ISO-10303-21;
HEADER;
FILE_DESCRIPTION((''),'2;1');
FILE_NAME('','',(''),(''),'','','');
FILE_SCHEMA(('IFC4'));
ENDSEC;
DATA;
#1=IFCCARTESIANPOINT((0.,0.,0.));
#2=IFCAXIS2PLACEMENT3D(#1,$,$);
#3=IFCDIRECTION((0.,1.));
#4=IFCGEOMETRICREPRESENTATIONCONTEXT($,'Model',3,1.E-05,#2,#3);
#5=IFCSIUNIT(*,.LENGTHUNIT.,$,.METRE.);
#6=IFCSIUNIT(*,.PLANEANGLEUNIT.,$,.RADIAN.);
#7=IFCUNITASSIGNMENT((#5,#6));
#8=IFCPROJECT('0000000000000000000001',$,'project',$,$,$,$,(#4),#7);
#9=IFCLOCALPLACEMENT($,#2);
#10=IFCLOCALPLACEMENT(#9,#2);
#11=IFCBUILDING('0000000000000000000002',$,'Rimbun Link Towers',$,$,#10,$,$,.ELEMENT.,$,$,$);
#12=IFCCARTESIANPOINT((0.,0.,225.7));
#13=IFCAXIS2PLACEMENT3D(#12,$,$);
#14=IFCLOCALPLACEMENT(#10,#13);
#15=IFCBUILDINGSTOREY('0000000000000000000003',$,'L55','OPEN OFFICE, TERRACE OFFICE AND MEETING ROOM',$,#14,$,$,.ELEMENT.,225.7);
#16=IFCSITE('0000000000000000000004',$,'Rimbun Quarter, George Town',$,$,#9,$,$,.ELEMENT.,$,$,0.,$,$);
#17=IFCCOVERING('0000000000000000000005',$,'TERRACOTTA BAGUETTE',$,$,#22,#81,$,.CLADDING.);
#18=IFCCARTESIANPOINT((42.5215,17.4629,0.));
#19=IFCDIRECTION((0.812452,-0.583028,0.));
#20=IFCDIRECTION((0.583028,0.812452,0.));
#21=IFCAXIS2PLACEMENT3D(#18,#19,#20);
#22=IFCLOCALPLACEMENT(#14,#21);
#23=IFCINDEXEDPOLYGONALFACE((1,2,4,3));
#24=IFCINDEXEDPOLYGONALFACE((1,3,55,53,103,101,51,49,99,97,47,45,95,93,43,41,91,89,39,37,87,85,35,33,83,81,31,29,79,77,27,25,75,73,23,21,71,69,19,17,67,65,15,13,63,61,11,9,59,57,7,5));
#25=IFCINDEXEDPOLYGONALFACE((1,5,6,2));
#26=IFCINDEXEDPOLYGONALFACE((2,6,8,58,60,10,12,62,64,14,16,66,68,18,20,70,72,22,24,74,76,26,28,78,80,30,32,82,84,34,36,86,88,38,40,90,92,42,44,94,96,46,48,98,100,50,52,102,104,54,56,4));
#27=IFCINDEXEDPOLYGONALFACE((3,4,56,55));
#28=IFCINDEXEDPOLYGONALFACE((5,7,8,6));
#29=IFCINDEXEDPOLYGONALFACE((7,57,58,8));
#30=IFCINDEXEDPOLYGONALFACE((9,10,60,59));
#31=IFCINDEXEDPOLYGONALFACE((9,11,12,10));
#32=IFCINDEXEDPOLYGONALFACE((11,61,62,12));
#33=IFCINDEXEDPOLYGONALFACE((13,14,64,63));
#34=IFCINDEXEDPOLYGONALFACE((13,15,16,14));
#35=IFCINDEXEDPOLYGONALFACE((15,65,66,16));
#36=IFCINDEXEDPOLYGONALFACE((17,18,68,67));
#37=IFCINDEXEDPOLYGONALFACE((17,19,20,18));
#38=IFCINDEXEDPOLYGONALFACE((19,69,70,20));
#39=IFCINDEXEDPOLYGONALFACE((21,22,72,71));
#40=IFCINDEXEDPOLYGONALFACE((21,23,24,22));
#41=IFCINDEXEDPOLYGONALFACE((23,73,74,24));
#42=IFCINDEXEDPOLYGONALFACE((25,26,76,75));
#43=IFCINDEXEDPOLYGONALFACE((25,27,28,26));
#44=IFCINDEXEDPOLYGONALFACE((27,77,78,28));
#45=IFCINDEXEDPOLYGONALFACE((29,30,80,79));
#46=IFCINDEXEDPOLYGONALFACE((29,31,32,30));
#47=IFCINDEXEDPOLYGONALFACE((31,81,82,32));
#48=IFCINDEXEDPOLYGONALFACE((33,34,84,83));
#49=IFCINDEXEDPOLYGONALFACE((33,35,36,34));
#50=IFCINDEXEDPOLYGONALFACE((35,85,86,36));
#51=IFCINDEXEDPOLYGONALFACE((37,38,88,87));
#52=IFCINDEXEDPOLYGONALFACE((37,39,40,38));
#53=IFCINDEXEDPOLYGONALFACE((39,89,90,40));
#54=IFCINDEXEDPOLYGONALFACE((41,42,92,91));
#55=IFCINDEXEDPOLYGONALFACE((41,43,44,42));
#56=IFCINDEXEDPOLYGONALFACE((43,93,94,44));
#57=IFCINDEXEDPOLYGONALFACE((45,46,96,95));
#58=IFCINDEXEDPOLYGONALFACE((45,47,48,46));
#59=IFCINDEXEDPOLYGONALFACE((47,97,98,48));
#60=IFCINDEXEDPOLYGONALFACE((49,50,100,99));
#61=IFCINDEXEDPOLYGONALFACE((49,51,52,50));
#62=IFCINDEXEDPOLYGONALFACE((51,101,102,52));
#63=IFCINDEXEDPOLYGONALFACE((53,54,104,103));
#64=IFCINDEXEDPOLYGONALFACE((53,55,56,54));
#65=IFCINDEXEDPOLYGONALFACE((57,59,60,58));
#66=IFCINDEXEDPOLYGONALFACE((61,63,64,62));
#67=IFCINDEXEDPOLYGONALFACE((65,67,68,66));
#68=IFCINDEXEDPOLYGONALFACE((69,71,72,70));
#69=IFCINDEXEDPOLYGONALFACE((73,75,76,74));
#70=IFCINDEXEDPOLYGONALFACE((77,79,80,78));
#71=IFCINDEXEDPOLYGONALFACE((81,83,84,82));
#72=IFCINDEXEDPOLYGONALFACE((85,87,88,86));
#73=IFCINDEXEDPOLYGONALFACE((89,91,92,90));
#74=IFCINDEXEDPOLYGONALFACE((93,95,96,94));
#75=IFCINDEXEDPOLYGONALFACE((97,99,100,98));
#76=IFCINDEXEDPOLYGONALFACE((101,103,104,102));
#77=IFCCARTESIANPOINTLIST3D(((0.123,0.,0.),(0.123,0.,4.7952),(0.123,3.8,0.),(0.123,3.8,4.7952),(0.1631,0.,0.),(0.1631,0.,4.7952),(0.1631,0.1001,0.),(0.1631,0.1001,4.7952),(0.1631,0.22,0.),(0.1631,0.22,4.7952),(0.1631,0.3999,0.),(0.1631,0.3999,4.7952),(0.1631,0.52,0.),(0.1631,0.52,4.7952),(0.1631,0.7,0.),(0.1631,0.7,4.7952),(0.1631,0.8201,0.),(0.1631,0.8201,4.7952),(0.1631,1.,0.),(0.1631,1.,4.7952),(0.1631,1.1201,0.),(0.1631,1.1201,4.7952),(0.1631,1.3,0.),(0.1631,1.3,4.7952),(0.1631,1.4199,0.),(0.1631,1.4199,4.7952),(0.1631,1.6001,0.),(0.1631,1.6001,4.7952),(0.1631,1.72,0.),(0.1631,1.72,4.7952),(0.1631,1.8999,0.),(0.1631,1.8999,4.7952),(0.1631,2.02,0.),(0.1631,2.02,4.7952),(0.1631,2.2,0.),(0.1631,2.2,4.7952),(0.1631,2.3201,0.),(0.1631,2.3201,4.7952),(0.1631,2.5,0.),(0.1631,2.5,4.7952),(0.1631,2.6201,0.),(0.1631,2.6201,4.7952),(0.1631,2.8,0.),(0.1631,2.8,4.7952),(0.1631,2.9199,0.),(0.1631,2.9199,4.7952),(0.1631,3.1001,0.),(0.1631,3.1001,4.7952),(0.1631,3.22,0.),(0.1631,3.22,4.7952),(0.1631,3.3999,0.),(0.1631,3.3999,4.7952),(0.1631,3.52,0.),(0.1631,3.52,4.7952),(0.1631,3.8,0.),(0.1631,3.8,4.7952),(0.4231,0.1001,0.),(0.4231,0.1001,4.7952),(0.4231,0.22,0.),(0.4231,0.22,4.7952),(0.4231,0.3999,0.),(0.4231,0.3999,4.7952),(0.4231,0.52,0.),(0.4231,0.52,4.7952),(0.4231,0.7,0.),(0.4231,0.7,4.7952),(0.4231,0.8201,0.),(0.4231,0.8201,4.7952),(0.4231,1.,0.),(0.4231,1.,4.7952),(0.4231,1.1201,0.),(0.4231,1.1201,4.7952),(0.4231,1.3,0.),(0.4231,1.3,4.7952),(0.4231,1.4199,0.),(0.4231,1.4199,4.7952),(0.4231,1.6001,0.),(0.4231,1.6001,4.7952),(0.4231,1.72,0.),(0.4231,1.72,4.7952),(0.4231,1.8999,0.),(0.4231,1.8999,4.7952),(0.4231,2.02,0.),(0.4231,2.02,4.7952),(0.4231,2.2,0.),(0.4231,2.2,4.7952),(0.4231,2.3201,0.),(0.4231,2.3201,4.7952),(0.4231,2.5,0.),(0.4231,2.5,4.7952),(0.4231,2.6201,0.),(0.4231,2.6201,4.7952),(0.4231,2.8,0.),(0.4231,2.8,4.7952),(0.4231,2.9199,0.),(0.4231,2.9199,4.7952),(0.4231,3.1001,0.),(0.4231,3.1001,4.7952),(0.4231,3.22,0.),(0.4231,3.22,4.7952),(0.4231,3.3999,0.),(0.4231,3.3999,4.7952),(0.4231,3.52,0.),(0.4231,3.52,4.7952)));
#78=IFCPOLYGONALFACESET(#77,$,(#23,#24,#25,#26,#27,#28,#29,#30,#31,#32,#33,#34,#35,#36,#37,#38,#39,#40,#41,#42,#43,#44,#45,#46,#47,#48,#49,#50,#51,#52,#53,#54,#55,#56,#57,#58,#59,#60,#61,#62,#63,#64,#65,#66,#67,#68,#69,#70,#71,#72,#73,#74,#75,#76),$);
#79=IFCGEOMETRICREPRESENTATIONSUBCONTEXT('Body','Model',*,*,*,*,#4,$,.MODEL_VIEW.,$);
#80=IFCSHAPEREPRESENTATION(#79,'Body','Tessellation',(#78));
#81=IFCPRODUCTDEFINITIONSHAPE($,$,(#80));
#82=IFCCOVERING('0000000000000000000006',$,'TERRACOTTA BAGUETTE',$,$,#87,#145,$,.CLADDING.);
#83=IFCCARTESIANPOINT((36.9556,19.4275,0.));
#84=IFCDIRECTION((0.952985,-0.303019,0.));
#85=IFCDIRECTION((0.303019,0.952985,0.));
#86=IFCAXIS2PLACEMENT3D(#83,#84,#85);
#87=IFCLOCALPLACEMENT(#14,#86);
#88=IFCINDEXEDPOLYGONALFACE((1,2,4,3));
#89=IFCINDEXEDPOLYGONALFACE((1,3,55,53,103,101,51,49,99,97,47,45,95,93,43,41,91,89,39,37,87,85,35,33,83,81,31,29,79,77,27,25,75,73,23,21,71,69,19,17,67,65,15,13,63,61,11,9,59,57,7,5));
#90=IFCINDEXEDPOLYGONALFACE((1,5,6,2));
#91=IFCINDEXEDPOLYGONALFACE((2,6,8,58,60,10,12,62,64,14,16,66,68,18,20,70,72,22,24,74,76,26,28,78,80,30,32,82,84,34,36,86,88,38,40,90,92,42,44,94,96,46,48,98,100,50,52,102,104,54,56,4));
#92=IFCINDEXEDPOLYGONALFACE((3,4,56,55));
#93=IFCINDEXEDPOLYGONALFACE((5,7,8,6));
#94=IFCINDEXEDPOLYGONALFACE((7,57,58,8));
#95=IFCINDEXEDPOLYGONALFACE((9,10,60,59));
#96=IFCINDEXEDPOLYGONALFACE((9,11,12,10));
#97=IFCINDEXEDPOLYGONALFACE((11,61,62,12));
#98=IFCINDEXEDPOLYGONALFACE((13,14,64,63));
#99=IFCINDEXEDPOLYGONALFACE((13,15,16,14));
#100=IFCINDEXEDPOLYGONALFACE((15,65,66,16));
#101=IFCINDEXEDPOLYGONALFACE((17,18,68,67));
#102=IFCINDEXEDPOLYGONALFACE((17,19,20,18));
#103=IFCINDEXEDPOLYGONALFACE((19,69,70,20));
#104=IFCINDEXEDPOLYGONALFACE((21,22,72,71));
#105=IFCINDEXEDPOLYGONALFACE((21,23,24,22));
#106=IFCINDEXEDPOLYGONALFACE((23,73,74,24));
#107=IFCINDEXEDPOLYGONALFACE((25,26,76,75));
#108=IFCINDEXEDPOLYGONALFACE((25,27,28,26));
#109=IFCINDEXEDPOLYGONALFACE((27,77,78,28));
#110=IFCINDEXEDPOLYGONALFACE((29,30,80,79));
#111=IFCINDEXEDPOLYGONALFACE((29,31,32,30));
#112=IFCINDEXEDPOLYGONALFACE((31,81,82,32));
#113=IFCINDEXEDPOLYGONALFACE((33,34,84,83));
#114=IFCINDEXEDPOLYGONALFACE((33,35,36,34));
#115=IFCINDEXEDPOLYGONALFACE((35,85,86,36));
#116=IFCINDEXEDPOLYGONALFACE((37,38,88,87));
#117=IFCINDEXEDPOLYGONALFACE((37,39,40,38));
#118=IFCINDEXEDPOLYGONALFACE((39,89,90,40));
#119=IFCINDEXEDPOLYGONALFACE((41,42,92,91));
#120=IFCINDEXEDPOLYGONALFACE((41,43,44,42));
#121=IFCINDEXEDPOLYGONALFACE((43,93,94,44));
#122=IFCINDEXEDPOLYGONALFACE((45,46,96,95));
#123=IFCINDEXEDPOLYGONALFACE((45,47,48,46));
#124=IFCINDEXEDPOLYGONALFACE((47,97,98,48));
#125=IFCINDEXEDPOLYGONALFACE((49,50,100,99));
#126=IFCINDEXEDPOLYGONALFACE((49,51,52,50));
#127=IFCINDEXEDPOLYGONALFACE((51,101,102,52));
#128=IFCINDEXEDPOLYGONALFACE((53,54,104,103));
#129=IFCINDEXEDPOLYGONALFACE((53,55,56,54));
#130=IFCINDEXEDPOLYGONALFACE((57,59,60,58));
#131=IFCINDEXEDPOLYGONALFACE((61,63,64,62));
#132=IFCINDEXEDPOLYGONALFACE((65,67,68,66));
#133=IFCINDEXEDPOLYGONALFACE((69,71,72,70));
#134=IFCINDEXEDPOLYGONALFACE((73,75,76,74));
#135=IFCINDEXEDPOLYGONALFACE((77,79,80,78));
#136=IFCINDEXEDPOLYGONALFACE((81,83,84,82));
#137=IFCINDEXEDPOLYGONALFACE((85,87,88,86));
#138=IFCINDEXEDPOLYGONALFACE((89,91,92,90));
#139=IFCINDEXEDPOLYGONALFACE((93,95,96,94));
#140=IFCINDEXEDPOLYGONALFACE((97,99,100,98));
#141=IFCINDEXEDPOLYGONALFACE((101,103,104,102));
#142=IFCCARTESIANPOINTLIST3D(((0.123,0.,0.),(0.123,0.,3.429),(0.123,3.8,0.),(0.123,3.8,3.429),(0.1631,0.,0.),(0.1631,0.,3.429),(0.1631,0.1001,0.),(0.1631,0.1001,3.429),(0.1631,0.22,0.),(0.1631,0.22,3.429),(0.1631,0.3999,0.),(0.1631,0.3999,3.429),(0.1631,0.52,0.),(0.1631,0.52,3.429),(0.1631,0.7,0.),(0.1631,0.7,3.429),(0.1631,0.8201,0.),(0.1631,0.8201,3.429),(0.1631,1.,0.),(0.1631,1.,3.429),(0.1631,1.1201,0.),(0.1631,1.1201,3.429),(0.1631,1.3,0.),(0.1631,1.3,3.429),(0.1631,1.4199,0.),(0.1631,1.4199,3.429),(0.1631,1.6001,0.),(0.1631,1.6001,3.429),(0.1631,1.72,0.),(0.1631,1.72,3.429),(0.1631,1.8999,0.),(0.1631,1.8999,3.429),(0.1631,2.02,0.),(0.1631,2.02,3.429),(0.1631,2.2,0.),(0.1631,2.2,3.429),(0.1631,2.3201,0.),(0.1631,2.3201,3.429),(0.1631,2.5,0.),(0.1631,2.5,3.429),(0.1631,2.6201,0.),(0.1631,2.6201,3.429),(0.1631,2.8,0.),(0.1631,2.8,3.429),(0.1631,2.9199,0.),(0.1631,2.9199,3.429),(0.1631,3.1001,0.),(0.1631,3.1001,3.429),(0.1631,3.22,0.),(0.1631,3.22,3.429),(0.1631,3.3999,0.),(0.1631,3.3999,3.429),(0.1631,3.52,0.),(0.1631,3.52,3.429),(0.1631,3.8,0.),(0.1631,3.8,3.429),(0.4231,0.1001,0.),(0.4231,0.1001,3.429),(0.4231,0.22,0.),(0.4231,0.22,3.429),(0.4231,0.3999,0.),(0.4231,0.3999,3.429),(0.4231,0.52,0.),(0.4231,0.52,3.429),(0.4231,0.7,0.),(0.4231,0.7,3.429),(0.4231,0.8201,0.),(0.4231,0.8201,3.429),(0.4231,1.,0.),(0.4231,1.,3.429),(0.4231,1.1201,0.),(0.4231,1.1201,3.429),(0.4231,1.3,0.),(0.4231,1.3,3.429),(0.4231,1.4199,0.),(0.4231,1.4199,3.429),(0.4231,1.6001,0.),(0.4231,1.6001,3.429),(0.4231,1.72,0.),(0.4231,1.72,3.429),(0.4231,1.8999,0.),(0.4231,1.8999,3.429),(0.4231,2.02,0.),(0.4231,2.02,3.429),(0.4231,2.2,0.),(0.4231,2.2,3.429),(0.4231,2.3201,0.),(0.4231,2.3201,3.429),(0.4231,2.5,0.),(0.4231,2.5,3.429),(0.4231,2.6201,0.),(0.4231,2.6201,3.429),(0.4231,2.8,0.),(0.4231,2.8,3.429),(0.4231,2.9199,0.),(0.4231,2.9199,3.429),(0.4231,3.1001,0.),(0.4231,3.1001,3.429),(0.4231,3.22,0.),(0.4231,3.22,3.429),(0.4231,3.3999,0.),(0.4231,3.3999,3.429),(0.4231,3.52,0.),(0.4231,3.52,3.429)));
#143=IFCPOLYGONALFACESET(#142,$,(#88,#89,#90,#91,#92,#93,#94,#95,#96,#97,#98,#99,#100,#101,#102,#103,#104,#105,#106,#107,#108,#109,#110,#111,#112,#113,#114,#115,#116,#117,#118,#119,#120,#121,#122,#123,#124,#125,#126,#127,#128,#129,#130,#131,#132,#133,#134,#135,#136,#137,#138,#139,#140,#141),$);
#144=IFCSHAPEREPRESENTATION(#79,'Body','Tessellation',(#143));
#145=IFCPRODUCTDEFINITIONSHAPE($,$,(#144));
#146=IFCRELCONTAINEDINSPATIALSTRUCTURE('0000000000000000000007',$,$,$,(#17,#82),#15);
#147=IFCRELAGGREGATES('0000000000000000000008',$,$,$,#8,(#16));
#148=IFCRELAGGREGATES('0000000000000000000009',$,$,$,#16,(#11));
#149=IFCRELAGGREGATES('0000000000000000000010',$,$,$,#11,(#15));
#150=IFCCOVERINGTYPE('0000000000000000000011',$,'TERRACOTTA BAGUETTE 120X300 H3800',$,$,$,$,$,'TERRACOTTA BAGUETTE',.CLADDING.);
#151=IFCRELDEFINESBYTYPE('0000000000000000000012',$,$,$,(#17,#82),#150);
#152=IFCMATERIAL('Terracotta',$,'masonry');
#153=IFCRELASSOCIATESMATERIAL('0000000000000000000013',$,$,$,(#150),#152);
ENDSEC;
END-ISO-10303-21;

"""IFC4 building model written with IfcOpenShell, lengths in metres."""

from ifc_helpers import new_model, si_unit, direction, frame, origin, place, context, subcontext, project, spatial, polyline, outline, extrude, material, material_profile, profile_set, type_object, element, save


model = new_model("IFC4")

# Units and contexts
model_context = context("Model", 3, precision=1e-05, world=origin(), true_north=direction((0.0, 1.0)))
body_context = subcontext(model_context, "Body", "Model", "MODEL_VIEW")
ifc_project = project(units=[si_unit("LENGTHUNIT", "METRE"), si_unit("PLANEANGLEUNIT", "RADIAN")], contexts=[model_context])

# Site, building, storey
site_placement = place(None, origin())
site = spatial("IfcSite", under=ifc_project, at=site_placement, Name="Rimbun Quarter, George Town", CompositionType="ELEMENT", RefElevation=0.0)
building_placement = place(site_placement, origin())
building = spatial("IfcBuilding", under=site, at=building_placement, Name="Rimbun Link Towers", CompositionType="ELEMENT")
storey_placement = place(building_placement, frame((0.0, 0.0, 225.7)))
storey = spatial("IfcBuildingStorey", under=building, at=storey_placement, Name="L55", Description="OPEN OFFICE, TERRACE OFFICE AND MEETING ROOM", CompositionType="ELEMENT", Elevation=225.7)

# Coverings
ifc_material_1 = material(Name="Terracotta", Category="masonry")
ifc_material_profile_1 = material_profile(ifc_material_1, outline(polyline([(0.123, 0.0), (0.1631, 0.0), (0.1631, 0.1001), (0.4231, 0.1001), (0.4231, 0.22), (0.1631, 0.22), (0.1631, 0.3999), (0.4231, 0.3999), (0.4231, 0.52), (0.1631, 0.52), (0.1631, 0.7), (0.4231, 0.7), (0.4231, 0.8201), (0.1631, 0.8201), (0.1631, 1.0), (0.4231, 1.0), (0.4231, 1.1201), (0.1631, 1.1201), (0.1631, 1.3), (0.4231, 1.3), (0.4231, 1.4199), (0.1631, 1.4199), (0.1631, 1.6001), (0.4231, 1.6001), (0.4231, 1.72), (0.1631, 1.72), (0.1631, 1.8999), (0.4231, 1.8999), (0.4231, 2.02), (0.1631, 2.02), (0.1631, 2.2), (0.4231, 2.2), (0.4231, 2.3201), (0.1631, 2.3201), (0.1631, 2.5), (0.4231, 2.5), (0.4231, 2.6201), (0.1631, 2.6201), (0.1631, 2.8), (0.4231, 2.8), (0.4231, 2.9199), (0.1631, 2.9199), (0.1631, 3.1001), (0.4231, 3.1001), (0.4231, 3.22), (0.1631, 3.22), (0.1631, 3.3999), (0.4231, 3.3999), (0.4231, 3.52), (0.1631, 3.52), (0.1631, 3.8), (0.123, 3.8), (0.123, 0.0)])), Name="BAGUETTE 120X300")
ifc_profile_set_1 = profile_set([ifc_material_profile_1], Name="Terracotta")
covering_type = type_object("IfcCoveringType", Name="TERRACOTTA BAGUETTE 120X300 H3800", ElementType="TERRACOTTA BAGUETTE", PredefinedType="CLADDING", material=ifc_profile_set_1)
covering_1_placement = place(storey_placement, frame((42.5215, 17.4629, 0.0), z_axis=(0.812452, -0.583028, 0.0), x_axis=(0.583028, 0.812452, 0.0)))
element("IfcCovering", 1, at=covering_1_placement, inside=storey, type_object=covering_type, Name="TERRACOTTA BAGUETTE", PredefinedType="CLADDING", context=body_context, shape_type="SweptSolid", body=[
    extrude(outline(polyline([(0.123, 0.0), (0.1631, 0.0), (0.1631, 0.1001), (0.4231, 0.1001), (0.4231, 0.22), (0.1631, 0.22), (0.1631, 0.3999), (0.4231, 0.3999), (0.4231, 0.52), (0.1631, 0.52), (0.1631, 0.7), (0.4231, 0.7), (0.4231, 0.8201), (0.1631, 0.8201), (0.1631, 1.0), (0.4231, 1.0), (0.4231, 1.1201), (0.1631, 1.1201), (0.1631, 1.3), (0.4231, 1.3), (0.4231, 1.4199), (0.1631, 1.4199), (0.1631, 1.6001), (0.4231, 1.6001), (0.4231, 1.72), (0.1631, 1.72), (0.1631, 1.8999), (0.4231, 1.8999), (0.4231, 2.02), (0.1631, 2.02), (0.1631, 2.2), (0.4231, 2.2), (0.4231, 2.3201), (0.1631, 2.3201), (0.1631, 2.5), (0.4231, 2.5), (0.4231, 2.6201), (0.1631, 2.6201), (0.1631, 2.8), (0.4231, 2.8), (0.4231, 2.9199), (0.1631, 2.9199), (0.1631, 3.1001), (0.4231, 3.1001), (0.4231, 3.22), (0.1631, 3.22), (0.1631, 3.3999), (0.4231, 3.3999), (0.4231, 3.52), (0.1631, 3.52), (0.1631, 3.8), (0.123, 3.8), (0.123, 0.0)])), origin(), (0.0, 0.0, 1.0), 4.7952),
])
covering_2_placement = place(storey_placement, frame((36.9556, 19.4275, 0.0), z_axis=(0.952985, -0.303019, 0.0), x_axis=(0.303019, 0.952985, 0.0)))
element("IfcCovering", 2, at=covering_2_placement, inside=storey, type_object=covering_type, Name="TERRACOTTA BAGUETTE", PredefinedType="CLADDING", context=body_context, shape_type="SweptSolid", body=[
    extrude(outline(polyline([(0.123, 0.0), (0.1631, 0.0), (0.1631, 0.1001), (0.4231, 0.1001), (0.4231, 0.22), (0.1631, 0.22), (0.1631, 0.3999), (0.4231, 0.3999), (0.4231, 0.52), (0.1631, 0.52), (0.1631, 0.7), (0.4231, 0.7), (0.4231, 0.8201), (0.1631, 0.8201), (0.1631, 1.0), (0.4231, 1.0), (0.4231, 1.1201), (0.1631, 1.1201), (0.1631, 1.3), (0.4231, 1.3), (0.4231, 1.4199), (0.1631, 1.4199), (0.1631, 1.6001), (0.4231, 1.6001), (0.4231, 1.72), (0.1631, 1.72), (0.1631, 1.8999), (0.4231, 1.8999), (0.4231, 2.02), (0.1631, 2.02), (0.1631, 2.2), (0.4231, 2.2), (0.4231, 2.3201), (0.1631, 2.3201), (0.1631, 2.5), (0.4231, 2.5), (0.4231, 2.6201), (0.1631, 2.6201), (0.1631, 2.8), (0.4231, 2.8), (0.4231, 2.9199), (0.1631, 2.9199), (0.1631, 3.1001), (0.4231, 3.1001), (0.4231, 3.22), (0.1631, 3.22), (0.1631, 3.3999), (0.4231, 3.3999), (0.4231, 3.52), (0.1631, 3.52), (0.1631, 3.8), (0.123, 3.8), (0.123, 0.0)])), origin(), (0.0, 0.0, 1.0), 3.429),
])

save(model, "model.ifc")
